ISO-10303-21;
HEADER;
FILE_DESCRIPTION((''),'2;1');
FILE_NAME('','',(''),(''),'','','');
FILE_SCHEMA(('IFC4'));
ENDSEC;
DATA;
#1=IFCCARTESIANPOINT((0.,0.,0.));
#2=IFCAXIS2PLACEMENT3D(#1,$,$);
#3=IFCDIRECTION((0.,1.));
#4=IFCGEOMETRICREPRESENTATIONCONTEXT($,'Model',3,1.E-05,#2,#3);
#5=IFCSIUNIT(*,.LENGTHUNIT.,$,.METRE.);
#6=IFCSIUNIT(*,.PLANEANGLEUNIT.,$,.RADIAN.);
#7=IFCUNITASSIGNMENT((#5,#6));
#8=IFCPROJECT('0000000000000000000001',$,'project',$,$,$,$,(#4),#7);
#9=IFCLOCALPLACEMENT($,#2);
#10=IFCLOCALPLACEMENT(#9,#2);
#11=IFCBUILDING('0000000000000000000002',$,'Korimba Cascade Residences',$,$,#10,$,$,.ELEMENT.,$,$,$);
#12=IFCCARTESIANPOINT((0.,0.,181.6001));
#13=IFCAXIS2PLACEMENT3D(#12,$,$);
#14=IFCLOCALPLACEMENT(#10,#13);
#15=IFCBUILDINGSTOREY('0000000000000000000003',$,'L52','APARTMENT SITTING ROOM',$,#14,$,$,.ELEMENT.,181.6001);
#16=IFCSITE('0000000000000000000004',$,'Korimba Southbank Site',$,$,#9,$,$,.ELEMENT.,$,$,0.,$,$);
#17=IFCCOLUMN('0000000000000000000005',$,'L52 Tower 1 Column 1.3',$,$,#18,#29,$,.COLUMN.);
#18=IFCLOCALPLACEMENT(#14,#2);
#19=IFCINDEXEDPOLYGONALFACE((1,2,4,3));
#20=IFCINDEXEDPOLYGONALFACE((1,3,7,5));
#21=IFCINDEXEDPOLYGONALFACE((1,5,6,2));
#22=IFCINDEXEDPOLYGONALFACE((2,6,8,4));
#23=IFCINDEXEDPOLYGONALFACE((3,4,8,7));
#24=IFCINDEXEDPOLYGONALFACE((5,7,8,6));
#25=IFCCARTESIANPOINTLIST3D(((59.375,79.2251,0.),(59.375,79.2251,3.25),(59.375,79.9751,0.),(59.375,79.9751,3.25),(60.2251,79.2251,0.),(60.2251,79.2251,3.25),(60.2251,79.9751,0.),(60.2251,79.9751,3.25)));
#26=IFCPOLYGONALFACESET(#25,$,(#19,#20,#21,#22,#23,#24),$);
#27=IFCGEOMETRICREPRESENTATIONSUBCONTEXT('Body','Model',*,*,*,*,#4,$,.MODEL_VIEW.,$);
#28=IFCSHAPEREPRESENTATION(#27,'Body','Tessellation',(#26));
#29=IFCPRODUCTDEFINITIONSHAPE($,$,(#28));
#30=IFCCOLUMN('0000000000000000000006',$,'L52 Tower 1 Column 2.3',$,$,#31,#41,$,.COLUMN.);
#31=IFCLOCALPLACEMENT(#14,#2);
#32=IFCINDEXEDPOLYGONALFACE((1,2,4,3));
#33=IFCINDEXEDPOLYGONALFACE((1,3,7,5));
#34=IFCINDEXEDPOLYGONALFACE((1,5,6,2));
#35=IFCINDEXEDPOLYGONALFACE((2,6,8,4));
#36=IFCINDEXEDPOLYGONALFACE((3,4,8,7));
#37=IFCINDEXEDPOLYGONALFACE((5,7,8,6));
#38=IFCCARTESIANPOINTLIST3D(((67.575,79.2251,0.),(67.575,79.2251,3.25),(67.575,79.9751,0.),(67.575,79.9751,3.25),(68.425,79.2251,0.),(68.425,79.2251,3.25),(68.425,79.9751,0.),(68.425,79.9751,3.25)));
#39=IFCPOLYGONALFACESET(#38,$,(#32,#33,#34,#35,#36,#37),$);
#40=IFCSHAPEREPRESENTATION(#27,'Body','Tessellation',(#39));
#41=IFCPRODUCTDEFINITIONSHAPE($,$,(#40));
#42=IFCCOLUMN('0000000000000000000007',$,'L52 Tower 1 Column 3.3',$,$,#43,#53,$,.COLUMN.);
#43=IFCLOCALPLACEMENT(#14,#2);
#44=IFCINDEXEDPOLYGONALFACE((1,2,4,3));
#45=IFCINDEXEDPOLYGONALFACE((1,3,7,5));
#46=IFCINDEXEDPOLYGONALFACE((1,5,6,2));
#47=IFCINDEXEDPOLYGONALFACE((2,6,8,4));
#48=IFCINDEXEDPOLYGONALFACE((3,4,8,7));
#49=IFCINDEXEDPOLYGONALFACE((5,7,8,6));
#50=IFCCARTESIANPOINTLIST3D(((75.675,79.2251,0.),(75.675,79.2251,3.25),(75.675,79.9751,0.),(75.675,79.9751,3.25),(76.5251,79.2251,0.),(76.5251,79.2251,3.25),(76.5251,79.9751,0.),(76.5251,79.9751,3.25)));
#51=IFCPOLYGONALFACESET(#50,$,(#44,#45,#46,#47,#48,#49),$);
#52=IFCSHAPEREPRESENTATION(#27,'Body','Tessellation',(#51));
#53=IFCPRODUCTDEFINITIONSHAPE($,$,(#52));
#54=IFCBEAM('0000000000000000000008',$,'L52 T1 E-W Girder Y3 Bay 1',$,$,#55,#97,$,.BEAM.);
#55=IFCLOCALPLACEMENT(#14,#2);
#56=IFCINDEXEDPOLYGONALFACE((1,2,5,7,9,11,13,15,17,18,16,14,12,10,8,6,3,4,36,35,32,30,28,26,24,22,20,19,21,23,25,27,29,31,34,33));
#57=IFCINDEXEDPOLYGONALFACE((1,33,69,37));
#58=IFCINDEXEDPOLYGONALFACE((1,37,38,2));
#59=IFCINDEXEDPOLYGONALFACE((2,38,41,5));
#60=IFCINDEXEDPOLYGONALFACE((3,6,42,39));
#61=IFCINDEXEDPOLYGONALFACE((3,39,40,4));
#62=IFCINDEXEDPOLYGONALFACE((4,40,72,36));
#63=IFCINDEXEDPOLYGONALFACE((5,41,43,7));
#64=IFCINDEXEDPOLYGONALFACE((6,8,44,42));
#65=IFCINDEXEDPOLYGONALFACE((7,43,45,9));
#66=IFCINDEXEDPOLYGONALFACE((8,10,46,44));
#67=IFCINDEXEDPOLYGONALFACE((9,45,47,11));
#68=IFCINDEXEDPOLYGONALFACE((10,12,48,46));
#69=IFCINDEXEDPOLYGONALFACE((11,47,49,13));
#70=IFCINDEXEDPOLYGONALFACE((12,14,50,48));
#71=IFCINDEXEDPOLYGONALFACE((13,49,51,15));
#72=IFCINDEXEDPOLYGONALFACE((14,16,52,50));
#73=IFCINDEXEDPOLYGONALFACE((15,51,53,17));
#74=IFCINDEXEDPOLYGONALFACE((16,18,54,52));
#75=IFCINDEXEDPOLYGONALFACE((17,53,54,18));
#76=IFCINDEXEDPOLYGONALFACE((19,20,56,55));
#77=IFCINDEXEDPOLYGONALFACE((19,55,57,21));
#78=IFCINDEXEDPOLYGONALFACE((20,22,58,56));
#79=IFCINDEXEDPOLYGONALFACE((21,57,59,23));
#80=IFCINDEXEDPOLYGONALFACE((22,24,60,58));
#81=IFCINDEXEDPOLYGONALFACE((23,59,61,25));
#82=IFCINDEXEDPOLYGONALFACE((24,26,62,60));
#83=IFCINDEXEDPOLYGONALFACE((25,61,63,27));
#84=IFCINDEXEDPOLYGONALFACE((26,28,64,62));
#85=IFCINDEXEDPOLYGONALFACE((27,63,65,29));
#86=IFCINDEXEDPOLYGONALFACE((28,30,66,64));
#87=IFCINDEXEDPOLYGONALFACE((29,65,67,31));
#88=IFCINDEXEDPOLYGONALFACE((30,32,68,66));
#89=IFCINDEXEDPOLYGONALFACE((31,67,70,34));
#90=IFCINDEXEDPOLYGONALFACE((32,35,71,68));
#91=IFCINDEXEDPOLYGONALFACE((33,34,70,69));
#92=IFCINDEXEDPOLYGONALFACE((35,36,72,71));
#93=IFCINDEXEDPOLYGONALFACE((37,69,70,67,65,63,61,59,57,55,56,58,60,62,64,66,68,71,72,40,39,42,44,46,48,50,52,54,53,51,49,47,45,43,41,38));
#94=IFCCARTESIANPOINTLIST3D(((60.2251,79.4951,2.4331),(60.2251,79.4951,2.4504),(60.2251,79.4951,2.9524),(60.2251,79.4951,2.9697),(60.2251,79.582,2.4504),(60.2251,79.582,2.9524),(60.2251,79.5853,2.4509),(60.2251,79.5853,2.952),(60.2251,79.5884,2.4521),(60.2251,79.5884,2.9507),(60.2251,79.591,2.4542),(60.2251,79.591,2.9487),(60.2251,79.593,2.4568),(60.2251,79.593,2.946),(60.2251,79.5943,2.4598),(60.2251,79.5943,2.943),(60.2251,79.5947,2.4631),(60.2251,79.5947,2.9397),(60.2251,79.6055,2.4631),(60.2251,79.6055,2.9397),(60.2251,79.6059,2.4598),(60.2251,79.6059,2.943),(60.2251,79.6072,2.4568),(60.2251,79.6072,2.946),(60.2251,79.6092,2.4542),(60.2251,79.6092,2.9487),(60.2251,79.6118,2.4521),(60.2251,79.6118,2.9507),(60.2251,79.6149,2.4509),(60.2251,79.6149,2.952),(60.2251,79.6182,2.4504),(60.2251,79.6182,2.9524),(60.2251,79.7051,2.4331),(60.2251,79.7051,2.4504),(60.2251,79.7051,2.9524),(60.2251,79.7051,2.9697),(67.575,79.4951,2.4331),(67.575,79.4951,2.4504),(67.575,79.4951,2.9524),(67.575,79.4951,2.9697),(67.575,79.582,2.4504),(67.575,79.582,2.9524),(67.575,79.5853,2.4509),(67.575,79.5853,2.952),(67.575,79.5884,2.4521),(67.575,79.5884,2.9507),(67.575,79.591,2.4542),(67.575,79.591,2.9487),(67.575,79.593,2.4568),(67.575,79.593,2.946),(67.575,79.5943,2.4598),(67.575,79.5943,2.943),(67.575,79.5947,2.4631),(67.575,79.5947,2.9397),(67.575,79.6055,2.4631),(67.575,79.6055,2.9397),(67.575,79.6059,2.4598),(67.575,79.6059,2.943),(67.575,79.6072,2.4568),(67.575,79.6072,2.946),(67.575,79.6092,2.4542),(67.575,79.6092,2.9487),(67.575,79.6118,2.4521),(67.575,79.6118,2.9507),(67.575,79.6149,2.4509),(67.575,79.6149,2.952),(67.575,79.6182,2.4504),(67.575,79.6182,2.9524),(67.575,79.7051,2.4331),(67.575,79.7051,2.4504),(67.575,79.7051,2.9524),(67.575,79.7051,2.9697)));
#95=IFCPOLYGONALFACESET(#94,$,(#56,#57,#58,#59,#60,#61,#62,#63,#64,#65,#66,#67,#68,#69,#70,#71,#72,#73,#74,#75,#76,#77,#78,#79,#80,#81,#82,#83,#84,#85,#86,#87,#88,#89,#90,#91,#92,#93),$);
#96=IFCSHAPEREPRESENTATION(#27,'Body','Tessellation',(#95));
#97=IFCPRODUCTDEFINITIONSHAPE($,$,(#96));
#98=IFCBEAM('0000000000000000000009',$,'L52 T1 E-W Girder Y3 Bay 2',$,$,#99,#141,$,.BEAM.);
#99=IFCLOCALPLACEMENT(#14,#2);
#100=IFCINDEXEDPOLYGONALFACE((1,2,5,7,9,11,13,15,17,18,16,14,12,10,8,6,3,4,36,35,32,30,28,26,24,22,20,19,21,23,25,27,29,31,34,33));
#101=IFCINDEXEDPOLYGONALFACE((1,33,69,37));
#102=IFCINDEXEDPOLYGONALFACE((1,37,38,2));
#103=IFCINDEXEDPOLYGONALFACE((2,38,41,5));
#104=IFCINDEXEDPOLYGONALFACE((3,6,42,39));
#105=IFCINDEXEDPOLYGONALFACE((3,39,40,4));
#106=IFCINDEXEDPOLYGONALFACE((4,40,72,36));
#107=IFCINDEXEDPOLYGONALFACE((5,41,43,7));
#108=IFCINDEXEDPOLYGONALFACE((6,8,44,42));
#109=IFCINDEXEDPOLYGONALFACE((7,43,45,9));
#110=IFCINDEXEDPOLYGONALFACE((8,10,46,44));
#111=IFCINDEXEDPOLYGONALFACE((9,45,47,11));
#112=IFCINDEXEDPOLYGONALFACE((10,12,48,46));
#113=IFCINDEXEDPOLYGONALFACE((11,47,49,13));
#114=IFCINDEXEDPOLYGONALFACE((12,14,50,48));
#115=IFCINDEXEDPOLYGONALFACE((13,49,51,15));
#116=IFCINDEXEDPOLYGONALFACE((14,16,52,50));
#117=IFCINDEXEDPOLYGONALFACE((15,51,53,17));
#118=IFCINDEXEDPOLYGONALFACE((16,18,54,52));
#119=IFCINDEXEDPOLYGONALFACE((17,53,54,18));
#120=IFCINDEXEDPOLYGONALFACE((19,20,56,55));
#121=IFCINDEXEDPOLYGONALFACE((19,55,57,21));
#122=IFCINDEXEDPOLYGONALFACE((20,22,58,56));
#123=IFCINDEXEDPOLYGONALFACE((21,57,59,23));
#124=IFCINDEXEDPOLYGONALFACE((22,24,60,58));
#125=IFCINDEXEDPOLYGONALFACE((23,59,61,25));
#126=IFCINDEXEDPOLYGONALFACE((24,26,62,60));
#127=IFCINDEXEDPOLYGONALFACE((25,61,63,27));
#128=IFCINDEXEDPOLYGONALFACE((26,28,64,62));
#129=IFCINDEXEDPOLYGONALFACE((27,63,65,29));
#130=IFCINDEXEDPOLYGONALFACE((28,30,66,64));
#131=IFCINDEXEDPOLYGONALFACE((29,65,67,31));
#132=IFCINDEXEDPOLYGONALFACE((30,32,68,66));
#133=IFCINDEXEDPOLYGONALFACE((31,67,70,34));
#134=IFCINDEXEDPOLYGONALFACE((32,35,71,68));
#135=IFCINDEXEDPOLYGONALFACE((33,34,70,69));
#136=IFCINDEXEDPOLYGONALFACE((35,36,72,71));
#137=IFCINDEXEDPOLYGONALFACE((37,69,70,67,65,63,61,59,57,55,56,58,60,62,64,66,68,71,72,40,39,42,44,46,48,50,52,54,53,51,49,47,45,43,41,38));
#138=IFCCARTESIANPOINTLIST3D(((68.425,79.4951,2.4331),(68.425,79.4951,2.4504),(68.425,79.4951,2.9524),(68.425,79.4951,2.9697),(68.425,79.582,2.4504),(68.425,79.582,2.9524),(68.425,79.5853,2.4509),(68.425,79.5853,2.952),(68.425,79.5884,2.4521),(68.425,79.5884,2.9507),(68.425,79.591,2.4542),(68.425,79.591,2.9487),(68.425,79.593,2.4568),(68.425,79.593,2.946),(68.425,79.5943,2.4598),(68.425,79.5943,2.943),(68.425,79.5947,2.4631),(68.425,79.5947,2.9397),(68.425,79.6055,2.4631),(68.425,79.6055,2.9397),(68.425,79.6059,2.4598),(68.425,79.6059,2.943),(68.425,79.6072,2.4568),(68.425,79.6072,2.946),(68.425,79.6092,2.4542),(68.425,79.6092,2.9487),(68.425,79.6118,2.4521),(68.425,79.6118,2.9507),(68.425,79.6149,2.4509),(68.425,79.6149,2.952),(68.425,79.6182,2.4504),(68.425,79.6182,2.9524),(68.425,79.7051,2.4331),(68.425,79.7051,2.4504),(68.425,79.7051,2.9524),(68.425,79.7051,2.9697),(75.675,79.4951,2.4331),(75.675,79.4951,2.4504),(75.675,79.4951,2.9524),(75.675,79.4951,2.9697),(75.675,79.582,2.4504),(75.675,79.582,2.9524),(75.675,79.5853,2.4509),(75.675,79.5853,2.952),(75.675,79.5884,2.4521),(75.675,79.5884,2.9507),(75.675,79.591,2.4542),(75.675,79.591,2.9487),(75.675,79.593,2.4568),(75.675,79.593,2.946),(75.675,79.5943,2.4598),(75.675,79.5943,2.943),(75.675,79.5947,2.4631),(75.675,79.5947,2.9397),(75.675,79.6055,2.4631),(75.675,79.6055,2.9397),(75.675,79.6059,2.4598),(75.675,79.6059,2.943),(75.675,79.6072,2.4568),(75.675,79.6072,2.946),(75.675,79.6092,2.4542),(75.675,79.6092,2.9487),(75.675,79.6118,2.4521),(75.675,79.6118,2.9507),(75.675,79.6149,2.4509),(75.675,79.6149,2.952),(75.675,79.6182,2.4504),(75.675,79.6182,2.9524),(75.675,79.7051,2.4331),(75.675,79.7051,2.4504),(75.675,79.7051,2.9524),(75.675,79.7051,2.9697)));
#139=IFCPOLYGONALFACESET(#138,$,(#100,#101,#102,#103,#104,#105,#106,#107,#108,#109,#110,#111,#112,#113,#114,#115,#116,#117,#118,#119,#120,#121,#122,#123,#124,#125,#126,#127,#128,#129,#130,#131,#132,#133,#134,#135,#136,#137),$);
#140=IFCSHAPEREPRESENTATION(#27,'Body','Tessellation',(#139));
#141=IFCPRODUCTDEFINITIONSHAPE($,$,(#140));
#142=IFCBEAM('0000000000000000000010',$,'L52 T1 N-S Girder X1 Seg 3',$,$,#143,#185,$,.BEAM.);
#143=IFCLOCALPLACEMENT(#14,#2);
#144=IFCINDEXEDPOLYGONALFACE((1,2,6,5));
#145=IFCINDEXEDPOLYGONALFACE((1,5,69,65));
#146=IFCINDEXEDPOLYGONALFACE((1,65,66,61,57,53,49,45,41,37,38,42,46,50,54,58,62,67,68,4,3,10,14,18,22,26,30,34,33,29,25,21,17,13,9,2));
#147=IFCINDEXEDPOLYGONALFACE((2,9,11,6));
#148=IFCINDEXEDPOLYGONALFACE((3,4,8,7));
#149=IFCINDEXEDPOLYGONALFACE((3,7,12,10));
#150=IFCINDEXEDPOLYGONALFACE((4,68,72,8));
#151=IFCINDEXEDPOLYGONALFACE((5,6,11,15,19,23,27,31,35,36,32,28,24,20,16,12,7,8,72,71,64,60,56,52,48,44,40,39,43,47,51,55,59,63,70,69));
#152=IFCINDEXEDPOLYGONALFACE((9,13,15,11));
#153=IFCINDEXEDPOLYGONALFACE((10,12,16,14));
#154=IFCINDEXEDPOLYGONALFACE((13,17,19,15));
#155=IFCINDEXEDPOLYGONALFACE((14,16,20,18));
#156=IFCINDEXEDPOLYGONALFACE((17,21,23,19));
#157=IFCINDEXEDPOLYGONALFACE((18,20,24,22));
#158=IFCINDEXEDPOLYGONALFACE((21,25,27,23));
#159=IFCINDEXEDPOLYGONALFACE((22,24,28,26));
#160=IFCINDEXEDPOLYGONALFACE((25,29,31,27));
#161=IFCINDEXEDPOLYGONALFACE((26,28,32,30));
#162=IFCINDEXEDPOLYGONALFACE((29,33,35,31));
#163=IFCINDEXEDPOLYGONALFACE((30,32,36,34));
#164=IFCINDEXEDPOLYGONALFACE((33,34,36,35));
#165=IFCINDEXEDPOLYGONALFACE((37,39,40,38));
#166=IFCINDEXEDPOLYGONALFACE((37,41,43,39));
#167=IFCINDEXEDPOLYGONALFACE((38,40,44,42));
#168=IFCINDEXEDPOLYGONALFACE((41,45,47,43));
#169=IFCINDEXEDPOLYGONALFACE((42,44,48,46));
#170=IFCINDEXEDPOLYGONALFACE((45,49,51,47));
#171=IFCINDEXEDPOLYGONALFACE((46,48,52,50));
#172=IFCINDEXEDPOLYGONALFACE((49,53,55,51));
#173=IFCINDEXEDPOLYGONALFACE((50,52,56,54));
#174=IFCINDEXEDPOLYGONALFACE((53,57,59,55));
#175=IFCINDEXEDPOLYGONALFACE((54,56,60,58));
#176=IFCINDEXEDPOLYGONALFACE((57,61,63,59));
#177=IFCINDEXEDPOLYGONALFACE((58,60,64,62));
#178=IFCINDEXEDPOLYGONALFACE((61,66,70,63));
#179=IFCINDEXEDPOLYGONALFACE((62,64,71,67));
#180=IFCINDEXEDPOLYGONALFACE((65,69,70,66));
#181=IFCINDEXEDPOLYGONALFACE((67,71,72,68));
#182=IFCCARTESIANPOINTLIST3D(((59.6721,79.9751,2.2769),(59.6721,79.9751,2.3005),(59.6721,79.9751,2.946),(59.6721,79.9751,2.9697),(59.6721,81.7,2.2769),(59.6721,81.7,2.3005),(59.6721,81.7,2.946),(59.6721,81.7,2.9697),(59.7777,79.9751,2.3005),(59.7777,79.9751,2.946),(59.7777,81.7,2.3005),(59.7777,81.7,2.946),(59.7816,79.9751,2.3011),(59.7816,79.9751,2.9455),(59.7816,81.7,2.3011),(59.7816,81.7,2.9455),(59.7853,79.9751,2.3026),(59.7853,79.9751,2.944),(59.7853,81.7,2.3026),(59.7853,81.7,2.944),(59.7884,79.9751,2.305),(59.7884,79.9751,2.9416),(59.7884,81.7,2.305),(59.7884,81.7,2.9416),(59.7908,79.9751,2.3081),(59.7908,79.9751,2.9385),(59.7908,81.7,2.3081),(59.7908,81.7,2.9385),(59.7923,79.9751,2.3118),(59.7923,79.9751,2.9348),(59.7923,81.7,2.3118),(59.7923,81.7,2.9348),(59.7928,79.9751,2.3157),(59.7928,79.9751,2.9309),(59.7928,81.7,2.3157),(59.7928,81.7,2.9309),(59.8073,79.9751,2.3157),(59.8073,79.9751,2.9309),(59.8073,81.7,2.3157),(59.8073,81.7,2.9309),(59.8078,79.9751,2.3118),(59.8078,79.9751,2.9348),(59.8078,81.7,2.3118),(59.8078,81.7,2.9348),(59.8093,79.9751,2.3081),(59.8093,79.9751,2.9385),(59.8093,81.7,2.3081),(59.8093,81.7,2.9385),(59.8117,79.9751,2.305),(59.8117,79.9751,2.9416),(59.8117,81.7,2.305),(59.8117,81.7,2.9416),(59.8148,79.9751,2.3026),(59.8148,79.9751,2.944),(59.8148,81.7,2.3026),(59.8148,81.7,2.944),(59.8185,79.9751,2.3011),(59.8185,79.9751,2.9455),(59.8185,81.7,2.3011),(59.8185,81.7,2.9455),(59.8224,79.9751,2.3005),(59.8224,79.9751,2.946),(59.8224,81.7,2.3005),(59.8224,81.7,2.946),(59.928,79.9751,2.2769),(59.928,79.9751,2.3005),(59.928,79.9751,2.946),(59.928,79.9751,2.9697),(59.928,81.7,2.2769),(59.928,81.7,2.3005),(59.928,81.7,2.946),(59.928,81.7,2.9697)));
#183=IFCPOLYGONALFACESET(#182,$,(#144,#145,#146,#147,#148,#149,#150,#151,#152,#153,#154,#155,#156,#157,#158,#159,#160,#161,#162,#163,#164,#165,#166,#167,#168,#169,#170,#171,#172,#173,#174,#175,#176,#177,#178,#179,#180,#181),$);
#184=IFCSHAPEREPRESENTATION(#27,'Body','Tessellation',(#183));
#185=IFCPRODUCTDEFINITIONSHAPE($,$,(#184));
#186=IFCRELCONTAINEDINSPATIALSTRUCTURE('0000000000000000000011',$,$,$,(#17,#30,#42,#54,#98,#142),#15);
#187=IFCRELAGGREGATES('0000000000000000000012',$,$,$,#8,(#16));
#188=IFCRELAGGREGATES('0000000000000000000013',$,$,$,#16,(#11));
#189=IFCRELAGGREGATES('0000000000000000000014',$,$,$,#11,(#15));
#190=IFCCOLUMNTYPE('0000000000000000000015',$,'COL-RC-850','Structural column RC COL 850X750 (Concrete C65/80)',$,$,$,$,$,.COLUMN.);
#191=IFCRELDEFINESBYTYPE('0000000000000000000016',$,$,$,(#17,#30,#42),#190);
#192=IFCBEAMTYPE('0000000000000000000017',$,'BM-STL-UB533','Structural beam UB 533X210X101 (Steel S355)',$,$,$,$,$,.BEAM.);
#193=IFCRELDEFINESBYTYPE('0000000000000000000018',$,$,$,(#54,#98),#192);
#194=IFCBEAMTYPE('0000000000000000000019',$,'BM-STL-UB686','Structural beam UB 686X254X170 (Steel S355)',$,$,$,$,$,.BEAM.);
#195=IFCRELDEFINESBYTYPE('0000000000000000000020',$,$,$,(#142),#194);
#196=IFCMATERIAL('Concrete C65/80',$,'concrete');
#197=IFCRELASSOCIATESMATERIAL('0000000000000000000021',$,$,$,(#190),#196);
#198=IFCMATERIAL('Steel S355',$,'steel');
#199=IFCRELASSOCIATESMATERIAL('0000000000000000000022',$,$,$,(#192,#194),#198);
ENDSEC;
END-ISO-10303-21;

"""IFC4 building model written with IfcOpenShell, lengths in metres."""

from ifc_helpers import new_model, si_unit, direction, frame, origin, origin_2d, place, context, subcontext, project, spatial, rectangle, i_section, extrude, material, material_profile, profile_set, type_object, element, save


model = new_model("IFC4")

# Units and contexts
model_context = context("Model", 3, precision=1e-05, world=origin(), true_north=direction((0.0, 1.0)))
body_context = subcontext(model_context, "Body", "Model", "MODEL_VIEW")
ifc_project = project(units=[si_unit("LENGTHUNIT", "METRE"), si_unit("PLANEANGLEUNIT", "RADIAN")], contexts=[model_context])

# Site, building, storey
site_placement = place(None, origin())
site = spatial("IfcSite", under=ifc_project, at=site_placement, Name="Korimba Southbank Site", CompositionType="ELEMENT", RefElevation=0.0)
building_placement = place(site_placement, origin())
building = spatial("IfcBuilding", under=site, at=building_placement, Name="Korimba Cascade Residences", CompositionType="ELEMENT")
storey_placement = place(building_placement, frame((0.0, 0.0, 181.6001)))
storey = spatial("IfcBuildingStorey", under=building, at=storey_placement, Name="L52", Description="APARTMENT SITTING ROOM", CompositionType="ELEMENT", Elevation=181.6001)

# Columns
ifc_material_1 = material(Name="Concrete C65/80", Category="concrete")
ifc_material_profile_1 = material_profile(ifc_material_1, rectangle(XDim=0.8501, YDim=0.75, at=origin_2d()), Name="Concrete C65/80")
ifc_profile_set_1 = profile_set([ifc_material_profile_1], Name="Concrete C65/80")
column_type = type_object("IfcColumnType", Name="COL-RC-850", Description="Structural column RC COL 850X750 (Concrete C65/80)", PredefinedType="COLUMN", material=ifc_profile_set_1)
for number, where, z_axis, x_axis, name in (
    (1, (59.8, 79.6001, 0.0), (0.0, 0.0, 1.0), (1.0, 0.0, 0.0), "L52 Tower 1 Column 1.3"),
    (2, (68.0, 79.6001, 0.0), (0.0, 0.0, 1.0), (1.0, 0.0, 0.0), "L52 Tower 1 Column 2.3"),
    (3, (76.1001, 79.6001, 0.0), (0.0, 0.0, 1.0), (1.0, 0.0, 0.0), "L52 Tower 1 Column 3.3"),
):
    element("IfcColumn", number, at=place(storey_placement, frame(where, z_axis=z_axis, x_axis=x_axis)), inside=storey, type_object=column_type, Name=name, PredefinedType="COLUMN", context=body_context, shape_type="SweptSolid", body=[
        extrude(rectangle(XDim=0.8501, YDim=0.75, at=origin_2d()), origin(), (0.0, 0.0, 1.0), 3.25),
    ])

# Beams
ifc_material_2 = material(Name="Steel S355", Category="steel")
ifc_material_profile_2 = material_profile(ifc_material_2, i_section(OverallWidth=0.21, OverallDepth=0.5366, WebThickness=0.0107, FlangeThickness=0.0173, FilletRadius=0.0127, at=origin_2d()), Name="Steel S355")
ifc_profile_set_2 = profile_set([ifc_material_profile_2], Name="Steel S355")
beam_type_1 = type_object("IfcBeamType", Name="BM-STL-UB533", Description="Structural beam UB 533X210X101 (Steel S355)", PredefinedType="BEAM", material=ifc_profile_set_2)
beam_1_placement = place(storey_placement, frame((60.2251, 79.6001, 2.7014), z_axis=(1.0, 0.0, 0.0), x_axis=(0.0, 1.0, 0.0)))
element("IfcBeam", 4, at=beam_1_placement, inside=storey, type_object=beam_type_1, Name="L52 T1 E-W Girder Y3 Bay 1", PredefinedType="BEAM", context=body_context, shape_type="SweptSolid", body=[
    extrude(i_section(OverallWidth=0.21, OverallDepth=0.5366, WebThickness=0.0107, FlangeThickness=0.0173, FilletRadius=0.0127, at=origin_2d()), origin(), (0.0, 0.0, 1.0), 7.3499),
])
beam_2_placement = place(storey_placement, frame((68.425, 79.6001, 2.7014), z_axis=(1.0, 0.0, 0.0), x_axis=(0.0, 1.0, 0.0)))
element("IfcBeam", 5, at=beam_2_placement, inside=storey, type_object=beam_type_1, Name="L52 T1 E-W Girder Y3 Bay 2", PredefinedType="BEAM", context=body_context, shape_type="SweptSolid", body=[
    extrude(i_section(OverallWidth=0.21, OverallDepth=0.5366, WebThickness=0.0107, FlangeThickness=0.0173, FilletRadius=0.0127, at=origin_2d()), origin(), (0.0, 0.0, 1.0), 7.25),
])
ifc_material_profile_3 = material_profile(ifc_material_2, i_section(OverallWidth=0.2559, OverallDepth=0.6929, WebThickness=0.0144, FlangeThickness=0.0237, FilletRadius=0.0151, at=origin_2d()), Name="Steel S355")
ifc_profile_set_3 = profile_set([ifc_material_profile_3], Name="Steel S355")
beam_type_2 = type_object("IfcBeamType", Name="BM-STL-UB686", Description="Structural beam UB 686X254X170 (Steel S355)", PredefinedType="BEAM", material=ifc_profile_set_3)
beam_3_placement = place(storey_placement, frame((59.8, 79.9751, 2.6233), z_axis=(0.0, 1.0, 0.0), x_axis=(-1.0, 0.0, 0.0)))
element("IfcBeam", 6, at=beam_3_placement, inside=storey, type_object=beam_type_2, Name="L52 T1 N-S Girder X1 Seg 3", PredefinedType="BEAM", context=body_context, shape_type="SweptSolid", body=[
    extrude(i_section(OverallWidth=0.2559, OverallDepth=0.6929, WebThickness=0.0144, FlangeThickness=0.0237, FilletRadius=0.0151, at=origin_2d()), origin(), (0.0, 0.0, 1.0), 1.7249),
])

save(model, "model.ifc")
